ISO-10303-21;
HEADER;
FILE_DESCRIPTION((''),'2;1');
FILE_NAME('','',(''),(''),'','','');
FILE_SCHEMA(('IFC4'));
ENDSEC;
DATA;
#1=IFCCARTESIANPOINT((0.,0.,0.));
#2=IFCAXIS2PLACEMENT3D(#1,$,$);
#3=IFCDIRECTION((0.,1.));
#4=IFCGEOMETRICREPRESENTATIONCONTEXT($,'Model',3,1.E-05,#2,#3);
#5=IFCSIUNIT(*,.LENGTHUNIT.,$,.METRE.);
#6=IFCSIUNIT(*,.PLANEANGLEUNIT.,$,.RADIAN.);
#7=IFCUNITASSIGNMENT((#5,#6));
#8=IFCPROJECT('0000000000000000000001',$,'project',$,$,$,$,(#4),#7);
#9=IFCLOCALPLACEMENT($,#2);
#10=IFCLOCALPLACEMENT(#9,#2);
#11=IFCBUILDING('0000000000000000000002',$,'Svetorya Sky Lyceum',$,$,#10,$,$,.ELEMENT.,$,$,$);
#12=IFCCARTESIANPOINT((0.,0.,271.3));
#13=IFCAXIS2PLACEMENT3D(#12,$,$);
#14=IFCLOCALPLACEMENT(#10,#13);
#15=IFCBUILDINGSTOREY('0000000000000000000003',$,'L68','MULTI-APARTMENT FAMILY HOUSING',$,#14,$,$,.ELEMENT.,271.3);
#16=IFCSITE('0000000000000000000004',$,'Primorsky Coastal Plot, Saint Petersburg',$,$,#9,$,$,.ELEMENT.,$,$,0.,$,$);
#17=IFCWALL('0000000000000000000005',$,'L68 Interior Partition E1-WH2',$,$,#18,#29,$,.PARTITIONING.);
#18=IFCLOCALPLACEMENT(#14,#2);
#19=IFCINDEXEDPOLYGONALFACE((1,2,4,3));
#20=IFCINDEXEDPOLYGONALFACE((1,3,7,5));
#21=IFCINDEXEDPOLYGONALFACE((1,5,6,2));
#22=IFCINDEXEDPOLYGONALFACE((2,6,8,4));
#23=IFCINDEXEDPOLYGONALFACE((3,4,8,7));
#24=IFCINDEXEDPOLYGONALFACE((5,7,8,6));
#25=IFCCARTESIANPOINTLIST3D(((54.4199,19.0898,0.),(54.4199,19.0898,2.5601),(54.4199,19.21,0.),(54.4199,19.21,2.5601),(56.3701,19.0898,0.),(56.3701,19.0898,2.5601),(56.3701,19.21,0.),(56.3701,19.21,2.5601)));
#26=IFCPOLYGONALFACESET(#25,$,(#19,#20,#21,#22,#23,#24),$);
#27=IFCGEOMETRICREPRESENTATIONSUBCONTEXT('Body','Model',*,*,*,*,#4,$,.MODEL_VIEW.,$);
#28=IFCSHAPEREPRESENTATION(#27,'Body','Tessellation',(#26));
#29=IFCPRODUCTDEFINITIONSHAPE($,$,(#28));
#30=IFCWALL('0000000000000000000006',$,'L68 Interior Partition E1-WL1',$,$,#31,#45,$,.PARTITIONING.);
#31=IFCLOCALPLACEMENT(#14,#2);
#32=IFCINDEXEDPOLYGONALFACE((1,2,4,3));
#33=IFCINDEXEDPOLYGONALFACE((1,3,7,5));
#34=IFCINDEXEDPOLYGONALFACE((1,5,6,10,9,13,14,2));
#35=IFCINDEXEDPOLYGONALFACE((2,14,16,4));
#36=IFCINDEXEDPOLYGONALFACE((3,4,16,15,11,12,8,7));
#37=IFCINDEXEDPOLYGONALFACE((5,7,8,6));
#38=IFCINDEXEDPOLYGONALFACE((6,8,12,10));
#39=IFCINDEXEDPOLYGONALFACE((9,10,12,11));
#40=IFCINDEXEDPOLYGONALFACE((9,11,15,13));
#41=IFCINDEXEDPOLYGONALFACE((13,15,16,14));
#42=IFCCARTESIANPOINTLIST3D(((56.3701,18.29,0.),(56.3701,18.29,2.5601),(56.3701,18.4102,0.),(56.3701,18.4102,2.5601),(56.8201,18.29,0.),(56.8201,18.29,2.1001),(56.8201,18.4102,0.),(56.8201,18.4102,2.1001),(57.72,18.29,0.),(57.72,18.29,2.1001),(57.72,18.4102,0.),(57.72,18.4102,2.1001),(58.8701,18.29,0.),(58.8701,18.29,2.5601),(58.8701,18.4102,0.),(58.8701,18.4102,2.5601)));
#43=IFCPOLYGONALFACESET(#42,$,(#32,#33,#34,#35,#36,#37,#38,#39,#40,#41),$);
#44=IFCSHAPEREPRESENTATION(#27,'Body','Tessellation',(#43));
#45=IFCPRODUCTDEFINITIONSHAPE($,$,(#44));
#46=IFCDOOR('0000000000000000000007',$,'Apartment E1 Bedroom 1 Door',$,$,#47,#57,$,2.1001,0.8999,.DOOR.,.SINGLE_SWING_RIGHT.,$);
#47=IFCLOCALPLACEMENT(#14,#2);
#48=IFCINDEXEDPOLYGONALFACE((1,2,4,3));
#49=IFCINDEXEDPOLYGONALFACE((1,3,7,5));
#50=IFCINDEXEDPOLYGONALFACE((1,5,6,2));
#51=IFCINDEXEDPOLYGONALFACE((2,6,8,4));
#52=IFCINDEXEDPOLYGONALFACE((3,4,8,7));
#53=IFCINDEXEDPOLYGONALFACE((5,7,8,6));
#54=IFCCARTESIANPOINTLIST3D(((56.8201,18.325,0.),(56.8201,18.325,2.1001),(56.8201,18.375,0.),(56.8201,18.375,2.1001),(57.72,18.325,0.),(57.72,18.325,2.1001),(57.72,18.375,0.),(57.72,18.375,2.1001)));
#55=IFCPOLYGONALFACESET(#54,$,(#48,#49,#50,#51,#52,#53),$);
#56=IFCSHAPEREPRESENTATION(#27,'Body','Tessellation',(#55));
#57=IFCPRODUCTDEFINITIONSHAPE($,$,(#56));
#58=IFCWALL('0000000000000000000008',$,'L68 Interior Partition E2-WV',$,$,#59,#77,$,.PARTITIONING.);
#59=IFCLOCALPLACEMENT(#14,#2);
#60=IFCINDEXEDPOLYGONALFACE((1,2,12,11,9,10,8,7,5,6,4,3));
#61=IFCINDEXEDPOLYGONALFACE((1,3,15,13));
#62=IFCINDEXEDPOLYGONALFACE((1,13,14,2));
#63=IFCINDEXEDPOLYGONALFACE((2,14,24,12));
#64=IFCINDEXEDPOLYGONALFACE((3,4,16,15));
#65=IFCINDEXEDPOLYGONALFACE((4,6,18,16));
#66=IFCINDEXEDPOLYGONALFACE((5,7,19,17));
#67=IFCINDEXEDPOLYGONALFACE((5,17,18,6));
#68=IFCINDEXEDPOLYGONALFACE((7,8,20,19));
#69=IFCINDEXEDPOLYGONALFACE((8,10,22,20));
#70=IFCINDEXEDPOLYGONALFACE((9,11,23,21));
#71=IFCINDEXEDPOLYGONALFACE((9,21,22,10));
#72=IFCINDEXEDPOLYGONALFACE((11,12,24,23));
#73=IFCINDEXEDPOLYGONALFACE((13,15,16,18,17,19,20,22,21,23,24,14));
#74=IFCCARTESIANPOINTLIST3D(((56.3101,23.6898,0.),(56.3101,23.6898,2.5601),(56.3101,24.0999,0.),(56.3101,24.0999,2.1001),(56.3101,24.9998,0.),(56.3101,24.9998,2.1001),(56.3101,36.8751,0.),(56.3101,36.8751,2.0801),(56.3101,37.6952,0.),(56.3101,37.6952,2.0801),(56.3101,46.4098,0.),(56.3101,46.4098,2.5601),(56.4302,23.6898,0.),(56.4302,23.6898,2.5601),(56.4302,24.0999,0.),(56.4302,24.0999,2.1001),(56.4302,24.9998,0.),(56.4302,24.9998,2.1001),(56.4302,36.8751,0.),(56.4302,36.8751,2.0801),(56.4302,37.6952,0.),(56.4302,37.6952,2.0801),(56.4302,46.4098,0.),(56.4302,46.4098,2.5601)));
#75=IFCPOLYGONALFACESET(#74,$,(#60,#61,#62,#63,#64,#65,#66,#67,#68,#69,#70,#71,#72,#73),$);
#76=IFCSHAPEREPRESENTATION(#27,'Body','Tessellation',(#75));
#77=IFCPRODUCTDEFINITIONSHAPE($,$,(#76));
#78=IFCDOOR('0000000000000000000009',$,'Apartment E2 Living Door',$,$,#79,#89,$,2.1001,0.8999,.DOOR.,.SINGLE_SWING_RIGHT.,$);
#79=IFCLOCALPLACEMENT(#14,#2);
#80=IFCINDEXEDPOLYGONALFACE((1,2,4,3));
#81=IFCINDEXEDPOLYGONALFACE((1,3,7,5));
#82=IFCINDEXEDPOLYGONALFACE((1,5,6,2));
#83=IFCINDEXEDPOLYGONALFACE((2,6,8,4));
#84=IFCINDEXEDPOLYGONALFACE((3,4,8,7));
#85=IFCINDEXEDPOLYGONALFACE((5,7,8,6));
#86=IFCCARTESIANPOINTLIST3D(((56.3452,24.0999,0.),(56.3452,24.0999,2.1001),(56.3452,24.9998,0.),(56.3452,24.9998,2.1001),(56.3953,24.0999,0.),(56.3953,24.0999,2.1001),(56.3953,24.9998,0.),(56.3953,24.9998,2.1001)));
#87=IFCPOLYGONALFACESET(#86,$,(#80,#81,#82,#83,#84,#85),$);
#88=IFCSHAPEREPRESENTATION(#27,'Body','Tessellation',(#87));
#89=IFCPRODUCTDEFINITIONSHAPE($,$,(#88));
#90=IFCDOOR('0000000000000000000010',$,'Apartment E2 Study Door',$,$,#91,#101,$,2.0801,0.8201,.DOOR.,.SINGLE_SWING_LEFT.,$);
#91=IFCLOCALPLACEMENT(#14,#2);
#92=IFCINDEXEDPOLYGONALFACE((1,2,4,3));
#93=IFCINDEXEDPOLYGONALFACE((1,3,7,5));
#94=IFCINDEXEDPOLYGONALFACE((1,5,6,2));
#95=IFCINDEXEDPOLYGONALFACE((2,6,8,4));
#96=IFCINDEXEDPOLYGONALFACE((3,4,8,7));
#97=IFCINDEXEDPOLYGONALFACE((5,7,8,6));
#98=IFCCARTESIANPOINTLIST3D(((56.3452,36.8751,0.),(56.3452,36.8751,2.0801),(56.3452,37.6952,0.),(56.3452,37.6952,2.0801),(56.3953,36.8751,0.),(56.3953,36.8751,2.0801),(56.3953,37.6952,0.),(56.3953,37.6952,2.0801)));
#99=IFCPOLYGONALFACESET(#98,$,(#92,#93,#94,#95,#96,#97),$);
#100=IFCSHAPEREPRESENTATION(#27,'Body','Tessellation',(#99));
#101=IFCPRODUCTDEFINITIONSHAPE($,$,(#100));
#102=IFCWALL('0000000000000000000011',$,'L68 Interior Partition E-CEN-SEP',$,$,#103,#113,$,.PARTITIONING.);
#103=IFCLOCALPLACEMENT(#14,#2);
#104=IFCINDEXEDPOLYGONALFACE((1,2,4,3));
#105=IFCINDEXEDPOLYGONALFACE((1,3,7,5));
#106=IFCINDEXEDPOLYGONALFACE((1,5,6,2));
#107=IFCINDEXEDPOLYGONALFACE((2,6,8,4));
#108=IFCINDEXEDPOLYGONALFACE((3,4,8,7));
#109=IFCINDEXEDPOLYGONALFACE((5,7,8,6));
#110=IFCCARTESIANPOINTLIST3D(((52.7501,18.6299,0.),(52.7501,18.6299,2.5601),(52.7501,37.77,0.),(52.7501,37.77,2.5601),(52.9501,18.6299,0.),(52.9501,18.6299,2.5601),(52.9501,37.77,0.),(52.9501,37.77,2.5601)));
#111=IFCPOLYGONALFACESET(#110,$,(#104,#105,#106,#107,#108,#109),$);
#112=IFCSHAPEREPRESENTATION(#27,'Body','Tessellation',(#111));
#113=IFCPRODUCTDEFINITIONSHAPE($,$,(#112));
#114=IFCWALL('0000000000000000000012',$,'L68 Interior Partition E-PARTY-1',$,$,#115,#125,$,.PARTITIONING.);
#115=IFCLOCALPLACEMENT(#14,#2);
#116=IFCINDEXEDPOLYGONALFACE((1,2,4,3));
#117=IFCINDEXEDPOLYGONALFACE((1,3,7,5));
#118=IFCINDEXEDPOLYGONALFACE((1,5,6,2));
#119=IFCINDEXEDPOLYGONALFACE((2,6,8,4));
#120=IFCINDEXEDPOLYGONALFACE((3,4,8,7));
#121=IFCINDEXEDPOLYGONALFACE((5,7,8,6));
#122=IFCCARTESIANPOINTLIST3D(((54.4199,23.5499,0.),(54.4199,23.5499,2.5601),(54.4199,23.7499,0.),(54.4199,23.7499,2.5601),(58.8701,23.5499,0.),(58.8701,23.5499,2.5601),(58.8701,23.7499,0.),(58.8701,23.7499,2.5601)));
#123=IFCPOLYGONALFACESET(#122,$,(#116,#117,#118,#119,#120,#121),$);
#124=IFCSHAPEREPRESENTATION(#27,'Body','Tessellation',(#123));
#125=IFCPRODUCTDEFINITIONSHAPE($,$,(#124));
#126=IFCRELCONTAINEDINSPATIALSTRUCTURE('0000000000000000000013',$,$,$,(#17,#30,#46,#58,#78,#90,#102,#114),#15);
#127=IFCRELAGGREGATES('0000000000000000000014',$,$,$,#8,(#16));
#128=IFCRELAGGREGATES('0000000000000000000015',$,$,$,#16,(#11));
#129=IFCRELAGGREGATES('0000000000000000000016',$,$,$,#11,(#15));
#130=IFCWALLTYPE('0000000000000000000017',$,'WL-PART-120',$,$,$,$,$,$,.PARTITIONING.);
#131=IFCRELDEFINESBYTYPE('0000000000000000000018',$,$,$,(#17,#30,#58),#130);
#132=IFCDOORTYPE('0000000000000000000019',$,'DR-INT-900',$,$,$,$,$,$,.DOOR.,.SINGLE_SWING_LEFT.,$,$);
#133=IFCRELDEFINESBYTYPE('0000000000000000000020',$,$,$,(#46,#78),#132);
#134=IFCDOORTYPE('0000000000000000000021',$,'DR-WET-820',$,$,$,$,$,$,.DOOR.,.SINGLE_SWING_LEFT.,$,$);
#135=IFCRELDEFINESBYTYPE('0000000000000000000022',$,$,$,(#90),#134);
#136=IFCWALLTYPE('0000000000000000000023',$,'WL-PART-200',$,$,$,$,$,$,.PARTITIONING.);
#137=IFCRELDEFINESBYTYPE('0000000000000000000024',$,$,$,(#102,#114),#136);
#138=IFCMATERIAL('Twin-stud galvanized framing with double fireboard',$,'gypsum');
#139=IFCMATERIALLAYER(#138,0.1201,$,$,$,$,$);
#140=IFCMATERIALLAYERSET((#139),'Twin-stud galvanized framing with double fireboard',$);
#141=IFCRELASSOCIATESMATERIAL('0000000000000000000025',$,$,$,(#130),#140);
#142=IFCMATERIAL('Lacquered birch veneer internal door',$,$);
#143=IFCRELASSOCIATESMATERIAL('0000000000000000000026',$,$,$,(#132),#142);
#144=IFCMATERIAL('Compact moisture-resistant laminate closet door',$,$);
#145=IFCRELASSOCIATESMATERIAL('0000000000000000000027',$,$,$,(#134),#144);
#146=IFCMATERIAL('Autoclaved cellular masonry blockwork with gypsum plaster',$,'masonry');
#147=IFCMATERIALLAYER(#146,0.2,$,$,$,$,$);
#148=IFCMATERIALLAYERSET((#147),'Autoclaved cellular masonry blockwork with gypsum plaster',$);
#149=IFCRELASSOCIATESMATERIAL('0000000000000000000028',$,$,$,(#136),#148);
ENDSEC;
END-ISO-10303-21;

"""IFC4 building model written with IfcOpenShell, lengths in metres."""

from ifc_helpers import new_model, si_unit, direction, frame, frame_2d, origin, place, context, subcontext, project, spatial, rectangle, extrude, material, layer, layer_set, type_object, element, fill, save


model = new_model("IFC4")

# Units and contexts
model_context = context("Model", 3, precision=1e-05, world=origin(), true_north=direction((0.0, 1.0)))
body_context = subcontext(model_context, "Body", "Model", "MODEL_VIEW")
ifc_project = project(units=[si_unit("LENGTHUNIT", "METRE"), si_unit("PLANEANGLEUNIT", "RADIAN")], contexts=[model_context])

# Site, building, storey
site_placement = place(None, origin())
site = spatial("IfcSite", under=ifc_project, at=site_placement, Name="Primorsky Coastal Plot, Saint Petersburg", CompositionType="ELEMENT", RefElevation=0.0)
building_placement = place(site_placement, origin())
building = spatial("IfcBuilding", under=site, at=building_placement, Name="Svetorya Sky Lyceum", CompositionType="ELEMENT")
storey_placement = place(building_placement, frame((0.0, 0.0, 271.3)))
storey = spatial("IfcBuildingStorey", under=building, at=storey_placement, Name="L68", Description="MULTI-APARTMENT FAMILY HOUSING", CompositionType="ELEMENT", Elevation=271.3)

# Shared definitions
ifc_material_1 = material(Name="Twin-stud galvanized framing with double fireboard", Category="gypsum")
ifc_layer_1 = layer(ifc_material_1, 0.1201)
ifc_layer_set_1 = layer_set([ifc_layer_1], Name="Twin-stud galvanized framing with double fireboard")
wall_type_1 = type_object("IfcWallType", Name="WL-PART-120", PredefinedType="PARTITIONING", material=ifc_layer_set_1)

# Wall
wall_1_placement = place(storey_placement, frame((54.4199, 19.1499, 0.0), z_axis=(0.0, 0.0, 1.0), x_axis=(1.0, 0.0, 0.0)))
element("IfcWall", 1, at=wall_1_placement, inside=storey, type_object=wall_type_1, Name="L68 Interior Partition E1-WH2", PredefinedType="PARTITIONING", context=body_context, shape_type="SweptSolid", body=[
    extrude(rectangle(XDim=1.9502, YDim=0.1201, at=frame_2d((0.9751, 0.0))), origin(), (0.0, 0.0, 1.0), 2.5601),
])

# Wall, opening, door
wall_2_placement = place(storey_placement, frame((56.3701, 18.3501, 0.0), z_axis=(0.0, 0.0, 1.0), x_axis=(1.0, 0.0, 0.0)))
wall_2 = element("IfcWall", 2, at=wall_2_placement, inside=storey, type_object=wall_type_1, Name="L68 Interior Partition E1-WL1", PredefinedType="PARTITIONING", context=body_context, shape_type="SweptSolid", body=[
    extrude(rectangle(XDim=2.5, YDim=0.1201, at=frame_2d((1.25, 0.0))), origin(), (0.0, 0.0, 1.0), 2.5601),
])
opening_1_placement = place(wall_2_placement, frame((0.45, 0.0, 0.0)))
opening_1 = element("IfcOpeningElement", 3, at=opening_1_placement, cuts=wall_2, PredefinedType="OPENING", context=body_context, shape_type="SweptSolid", body=[
    extrude(rectangle(XDim=0.8999, YDim=2.1001, at=frame_2d((0.45, 1.05))), frame((0.0, 0.0701, 0.0), z_axis=(0.0, -1.0, 0.0), x_axis=(1.0, 0.0, 0.0)), (0.0, 0.0, 1.0), 0.1401),
])
ifc_material_2 = material(Name="Lacquered birch veneer internal door")
door_type_1 = type_object("IfcDoorType", Name="DR-INT-900", OperationType="SINGLE_SWING_LEFT", PredefinedType="DOOR", material=ifc_material_2)
door_1_placement = place(opening_1_placement, origin())
door_1 = element("IfcDoor", 4, at=door_1_placement, inside=storey, type_object=door_type_1, Name="Apartment E1 Bedroom 1 Door", OperationType="SINGLE_SWING_RIGHT", OverallHeight=2.1001, OverallWidth=0.8999, PredefinedType="DOOR", context=body_context, shape_type="SweptSolid", body=[
    extrude(rectangle(XDim=0.8999, YDim=2.1001, at=frame_2d((0.45, 1.05))), frame((0.0, 0.0249, 0.0), z_axis=(0.0, -1.0, 0.0), x_axis=(1.0, 0.0, 0.0)), (0.0, 0.0, 1.0), 0.05),
])
fill(opening_1, door_1)

# Wall, openings, doors
wall_3_placement = place(storey_placement, frame((56.3701, 23.6899, 0.0), z_axis=(0.0, 0.0, 1.0), x_axis=(0.0, 1.0, 0.0)))
wall_3 = element("IfcWall", 5, at=wall_3_placement, inside=storey, type_object=wall_type_1, Name="L68 Interior Partition E2-WV", PredefinedType="PARTITIONING", context=body_context, shape_type="SweptSolid", body=[
    extrude(rectangle(XDim=22.72, YDim=0.1201, at=frame_2d((11.3599, 0.0))), origin(), (0.0, 0.0, 1.0), 2.5601),
])
opening_2_placement = place(wall_3_placement, frame((0.4099, 0.0, 0.0)))
opening_2 = element("IfcOpeningElement", 6, at=opening_2_placement, cuts=wall_3, PredefinedType="OPENING", context=body_context, shape_type="SweptSolid", body=[
    extrude(rectangle(XDim=0.8999, YDim=2.1001, at=frame_2d((0.45, 1.05))), frame((0.0, 0.0701, 0.0), z_axis=(0.0, -1.0, 0.0), x_axis=(1.0, 0.0, 0.0)), (0.0, 0.0, 1.0), 0.1401),
])
opening_3_placement = place(wall_3_placement, frame((13.1851, 0.0, 0.0)))
opening_3 = element("IfcOpeningElement", 7, at=opening_3_placement, cuts=wall_3, PredefinedType="OPENING", context=body_context, shape_type="SweptSolid", body=[
    extrude(rectangle(XDim=0.8201, YDim=2.0801, at=frame_2d((0.4102, 1.04))), frame((0.0, 0.0701, 0.0), z_axis=(0.0, -1.0, 0.0), x_axis=(1.0, 0.0, 0.0)), (0.0, 0.0, 1.0), 0.1401),
])
door_2_placement = place(opening_2_placement, origin())
door_2 = element("IfcDoor", 8, at=door_2_placement, inside=storey, type_object=door_type_1, Name="Apartment E2 Living Door", OperationType="SINGLE_SWING_RIGHT", OverallHeight=2.1001, OverallWidth=0.8999, PredefinedType="DOOR", context=body_context, shape_type="SweptSolid", body=[
    extrude(rectangle(XDim=0.8999, YDim=2.1001, at=frame_2d((0.45, 1.05))), frame((0.0, 0.0249, 0.0), z_axis=(0.0, -1.0, 0.0), x_axis=(1.0, 0.0, 0.0)), (0.0, 0.0, 1.0), 0.05),
])
fill(opening_2, door_2)
ifc_material_3 = material(Name="Compact moisture-resistant laminate closet door")
door_type_2 = type_object("IfcDoorType", Name="DR-WET-820", OperationType="SINGLE_SWING_LEFT", PredefinedType="DOOR", material=ifc_material_3)
door_3_placement = place(opening_3_placement, origin())
door_3 = element("IfcDoor", 9, at=door_3_placement, inside=storey, type_object=door_type_2, Name="Apartment E2 Study Door", OperationType="SINGLE_SWING_LEFT", OverallHeight=2.0801, OverallWidth=0.8201, PredefinedType="DOOR", context=body_context, shape_type="SweptSolid", body=[
    extrude(rectangle(XDim=0.8201, YDim=2.0801, at=frame_2d((0.4102, 1.04))), frame((0.0, 0.0249, 0.0), z_axis=(0.0, -1.0, 0.0), x_axis=(1.0, 0.0, 0.0)), (0.0, 0.0, 1.0), 0.05),
])
fill(opening_3, door_3)

# Walls
ifc_material_4 = material(Name="Autoclaved cellular masonry blockwork with gypsum plaster", Category="masonry")
ifc_layer_2 = layer(ifc_material_4, 0.2)
ifc_layer_set_2 = layer_set([ifc_layer_2], Name="Autoclaved cellular masonry blockwork with gypsum plaster")
wall_type_2 = type_object("IfcWallType", Name="WL-PART-200", PredefinedType="PARTITIONING", material=ifc_layer_set_2)
wall_4_placement = place(storey_placement, frame((52.8501, 18.6299, 0.0), z_axis=(0.0, 0.0, 1.0), x_axis=(0.0, 1.0, 0.0)))
element("IfcWall", 10, at=wall_4_placement, inside=storey, type_object=wall_type_2, Name="L68 Interior Partition E-CEN-SEP", PredefinedType="PARTITIONING", context=body_context, shape_type="SweptSolid", body=[
    extrude(rectangle(XDim=19.1401, YDim=0.2, at=frame_2d((9.5701, 0.0))), origin(), (0.0, 0.0, 1.0), 2.5601),
])
wall_5_placement = place(storey_placement, frame((54.4199, 23.6499, 0.0), z_axis=(0.0, 0.0, 1.0), x_axis=(1.0, 0.0, 0.0)))
element("IfcWall", 11, at=wall_5_placement, inside=storey, type_object=wall_type_2, Name="L68 Interior Partition E-PARTY-1", PredefinedType="PARTITIONING", context=body_context, shape_type="SweptSolid", body=[
    extrude(rectangle(XDim=4.4502, YDim=0.2, at=frame_2d((2.2251, 0.0))), origin(), (0.0, 0.0, 1.0), 2.5601),
])

save(model, "model.ifc")
